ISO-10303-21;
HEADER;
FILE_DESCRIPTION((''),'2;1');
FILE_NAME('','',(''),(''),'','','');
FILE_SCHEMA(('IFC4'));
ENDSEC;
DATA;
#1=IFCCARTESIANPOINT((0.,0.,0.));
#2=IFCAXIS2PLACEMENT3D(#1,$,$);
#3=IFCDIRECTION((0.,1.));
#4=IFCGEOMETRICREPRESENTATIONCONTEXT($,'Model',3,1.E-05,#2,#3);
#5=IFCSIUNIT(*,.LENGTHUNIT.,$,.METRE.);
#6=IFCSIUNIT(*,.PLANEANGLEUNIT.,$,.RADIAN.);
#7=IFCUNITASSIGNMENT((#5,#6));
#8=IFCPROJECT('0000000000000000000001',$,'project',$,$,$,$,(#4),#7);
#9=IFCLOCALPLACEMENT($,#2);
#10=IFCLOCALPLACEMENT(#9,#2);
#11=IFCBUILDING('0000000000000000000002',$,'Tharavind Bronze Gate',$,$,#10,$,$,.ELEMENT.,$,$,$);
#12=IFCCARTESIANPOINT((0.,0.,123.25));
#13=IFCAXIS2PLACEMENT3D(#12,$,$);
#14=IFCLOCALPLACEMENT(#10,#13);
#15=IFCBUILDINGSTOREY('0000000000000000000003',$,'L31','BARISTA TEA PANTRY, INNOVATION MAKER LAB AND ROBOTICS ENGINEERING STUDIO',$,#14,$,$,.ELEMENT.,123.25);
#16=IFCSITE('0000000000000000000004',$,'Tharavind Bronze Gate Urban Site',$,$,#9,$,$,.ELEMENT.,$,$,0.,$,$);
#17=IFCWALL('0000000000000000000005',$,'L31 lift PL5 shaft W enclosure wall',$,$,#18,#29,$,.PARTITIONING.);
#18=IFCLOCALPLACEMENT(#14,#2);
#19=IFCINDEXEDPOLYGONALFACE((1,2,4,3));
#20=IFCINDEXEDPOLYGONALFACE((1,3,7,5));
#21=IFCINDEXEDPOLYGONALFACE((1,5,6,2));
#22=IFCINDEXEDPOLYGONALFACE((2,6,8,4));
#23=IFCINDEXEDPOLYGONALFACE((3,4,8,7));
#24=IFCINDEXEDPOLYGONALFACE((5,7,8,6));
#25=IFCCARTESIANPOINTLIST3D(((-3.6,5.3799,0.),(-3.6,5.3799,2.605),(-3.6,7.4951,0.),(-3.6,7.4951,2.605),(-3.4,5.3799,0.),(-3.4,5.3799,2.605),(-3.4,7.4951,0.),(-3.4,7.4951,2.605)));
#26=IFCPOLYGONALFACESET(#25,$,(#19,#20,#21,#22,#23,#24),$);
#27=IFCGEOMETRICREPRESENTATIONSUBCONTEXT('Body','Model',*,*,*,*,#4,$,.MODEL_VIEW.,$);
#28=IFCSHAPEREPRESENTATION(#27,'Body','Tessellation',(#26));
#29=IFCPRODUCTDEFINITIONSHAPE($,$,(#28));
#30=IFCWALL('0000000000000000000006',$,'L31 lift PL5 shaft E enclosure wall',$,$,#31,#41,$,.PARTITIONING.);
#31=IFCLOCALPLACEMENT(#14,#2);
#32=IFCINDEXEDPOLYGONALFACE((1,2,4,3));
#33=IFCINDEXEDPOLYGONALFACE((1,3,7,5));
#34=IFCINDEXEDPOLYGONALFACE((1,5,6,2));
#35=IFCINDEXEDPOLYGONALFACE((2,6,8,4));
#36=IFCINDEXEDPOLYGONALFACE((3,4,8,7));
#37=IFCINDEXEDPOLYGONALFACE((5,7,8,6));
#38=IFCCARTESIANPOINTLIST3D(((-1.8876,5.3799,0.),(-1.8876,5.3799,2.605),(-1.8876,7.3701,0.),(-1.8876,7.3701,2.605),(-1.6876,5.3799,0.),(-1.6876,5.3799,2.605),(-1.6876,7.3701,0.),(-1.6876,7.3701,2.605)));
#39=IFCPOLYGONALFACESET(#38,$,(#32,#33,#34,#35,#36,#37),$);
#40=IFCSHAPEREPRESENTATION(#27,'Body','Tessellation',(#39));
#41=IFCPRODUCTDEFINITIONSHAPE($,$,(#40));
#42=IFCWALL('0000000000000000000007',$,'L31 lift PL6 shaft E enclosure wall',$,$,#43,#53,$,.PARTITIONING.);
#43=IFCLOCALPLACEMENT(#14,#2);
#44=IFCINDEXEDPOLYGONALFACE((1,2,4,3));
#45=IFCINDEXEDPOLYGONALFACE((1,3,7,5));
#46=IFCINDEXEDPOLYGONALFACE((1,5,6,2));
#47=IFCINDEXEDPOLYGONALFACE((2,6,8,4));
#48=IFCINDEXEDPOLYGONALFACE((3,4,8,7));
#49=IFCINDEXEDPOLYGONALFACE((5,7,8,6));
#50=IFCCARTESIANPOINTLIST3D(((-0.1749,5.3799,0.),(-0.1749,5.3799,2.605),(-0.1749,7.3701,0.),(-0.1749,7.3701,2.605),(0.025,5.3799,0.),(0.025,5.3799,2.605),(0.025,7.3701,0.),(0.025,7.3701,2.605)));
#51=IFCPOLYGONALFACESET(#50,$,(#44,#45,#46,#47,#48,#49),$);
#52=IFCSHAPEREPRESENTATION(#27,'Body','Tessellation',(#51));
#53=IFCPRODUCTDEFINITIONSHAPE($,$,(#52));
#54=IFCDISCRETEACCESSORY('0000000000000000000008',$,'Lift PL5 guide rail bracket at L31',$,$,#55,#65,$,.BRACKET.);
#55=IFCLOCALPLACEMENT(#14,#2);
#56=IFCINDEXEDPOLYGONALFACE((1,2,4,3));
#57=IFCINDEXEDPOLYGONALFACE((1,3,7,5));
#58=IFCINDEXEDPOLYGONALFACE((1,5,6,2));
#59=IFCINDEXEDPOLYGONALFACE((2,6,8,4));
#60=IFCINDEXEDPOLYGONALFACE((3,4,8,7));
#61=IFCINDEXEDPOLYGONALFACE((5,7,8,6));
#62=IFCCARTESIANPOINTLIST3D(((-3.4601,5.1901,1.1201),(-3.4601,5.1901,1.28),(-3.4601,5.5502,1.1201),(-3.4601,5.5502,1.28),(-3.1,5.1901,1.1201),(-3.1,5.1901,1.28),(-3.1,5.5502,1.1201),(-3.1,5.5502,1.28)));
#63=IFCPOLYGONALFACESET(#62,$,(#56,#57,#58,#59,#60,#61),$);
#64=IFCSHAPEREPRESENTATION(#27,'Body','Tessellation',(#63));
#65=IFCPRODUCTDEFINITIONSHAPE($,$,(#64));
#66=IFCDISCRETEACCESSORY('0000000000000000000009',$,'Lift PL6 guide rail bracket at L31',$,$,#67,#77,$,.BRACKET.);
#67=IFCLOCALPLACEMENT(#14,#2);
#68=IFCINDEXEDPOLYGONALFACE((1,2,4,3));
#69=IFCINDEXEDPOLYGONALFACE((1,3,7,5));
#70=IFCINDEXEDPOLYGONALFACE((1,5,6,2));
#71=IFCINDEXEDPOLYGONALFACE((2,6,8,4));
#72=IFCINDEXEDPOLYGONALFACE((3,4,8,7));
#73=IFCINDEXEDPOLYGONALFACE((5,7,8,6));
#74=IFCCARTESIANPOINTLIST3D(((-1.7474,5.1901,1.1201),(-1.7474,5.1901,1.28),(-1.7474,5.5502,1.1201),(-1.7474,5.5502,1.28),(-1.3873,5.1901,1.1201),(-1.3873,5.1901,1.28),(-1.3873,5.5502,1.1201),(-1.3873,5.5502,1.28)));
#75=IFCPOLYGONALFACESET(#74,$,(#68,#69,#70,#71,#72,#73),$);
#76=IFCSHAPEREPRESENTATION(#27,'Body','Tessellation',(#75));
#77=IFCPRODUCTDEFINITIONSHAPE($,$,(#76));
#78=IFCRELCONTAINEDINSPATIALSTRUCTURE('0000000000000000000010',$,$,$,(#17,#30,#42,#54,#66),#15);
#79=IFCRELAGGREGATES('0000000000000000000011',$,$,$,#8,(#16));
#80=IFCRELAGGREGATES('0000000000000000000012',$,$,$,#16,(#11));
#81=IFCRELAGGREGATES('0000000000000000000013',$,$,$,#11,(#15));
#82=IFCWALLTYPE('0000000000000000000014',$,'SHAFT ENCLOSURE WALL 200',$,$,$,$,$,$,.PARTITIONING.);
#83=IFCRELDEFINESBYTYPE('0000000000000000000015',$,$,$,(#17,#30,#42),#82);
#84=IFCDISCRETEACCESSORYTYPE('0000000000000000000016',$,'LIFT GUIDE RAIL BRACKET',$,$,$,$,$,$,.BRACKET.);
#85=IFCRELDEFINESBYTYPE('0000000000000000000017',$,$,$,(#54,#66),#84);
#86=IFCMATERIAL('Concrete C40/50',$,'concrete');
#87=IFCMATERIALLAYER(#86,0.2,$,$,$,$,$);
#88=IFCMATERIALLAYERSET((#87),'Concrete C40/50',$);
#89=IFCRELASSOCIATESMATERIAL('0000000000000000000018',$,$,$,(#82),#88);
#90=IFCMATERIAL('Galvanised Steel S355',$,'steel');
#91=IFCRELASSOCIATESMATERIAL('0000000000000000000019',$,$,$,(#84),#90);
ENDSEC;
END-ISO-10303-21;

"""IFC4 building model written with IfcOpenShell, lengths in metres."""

from ifc_helpers import new_model, si_unit, direction, frame, frame_2d, origin, origin_2d, place, context, subcontext, project, spatial, rectangle, extrude, material, layer, layer_set, type_object, element, save


model = new_model("IFC4")

# Units and contexts
model_context = context("Model", 3, precision=1e-05, world=origin(), true_north=direction((0.0, 1.0)))
body_context = subcontext(model_context, "Body", "Model", "MODEL_VIEW")
ifc_project = project(units=[si_unit("LENGTHUNIT", "METRE"), si_unit("PLANEANGLEUNIT", "RADIAN")], contexts=[model_context])

# Site, building, storey
site_placement = place(None, origin())
site = spatial("IfcSite", under=ifc_project, at=site_placement, Name="Tharavind Bronze Gate Urban Site", CompositionType="ELEMENT", RefElevation=0.0)
building_placement = place(site_placement, origin())
building = spatial("IfcBuilding", under=site, at=building_placement, Name="Tharavind Bronze Gate", CompositionType="ELEMENT")
storey_placement = place(building_placement, frame((0.0, 0.0, 123.25)))
storey = spatial("IfcBuildingStorey", under=building, at=storey_placement, Name="L31", Description="BARISTA TEA PANTRY, INNOVATION MAKER LAB AND ROBOTICS ENGINEERING STUDIO", CompositionType="ELEMENT", Elevation=123.25)

# Shared definitions
ifc_material_1 = material(Name="Concrete C40/50", Category="concrete")

# Walls
ifc_layer_1 = layer(ifc_material_1, 0.2)
ifc_layer_set_1 = layer_set([ifc_layer_1], Name="Concrete C40/50")
wall_type_1 = type_object("IfcWallType", Name="SHAFT ENCLOSURE WALL 200", PredefinedType="PARTITIONING", material=ifc_layer_set_1)
wall_1_placement = place(storey_placement, frame((-3.5, 5.3799, 0.0), z_axis=(0.0, 0.0, 1.0), x_axis=(0.0, 1.0, 0.0)))
element("IfcWall", 1, at=wall_1_placement, inside=storey, type_object=wall_type_1, Name="L31 lift PL5 shaft W enclosure wall", PredefinedType="PARTITIONING", context=body_context, shape_type="SweptSolid", body=[
    extrude(rectangle(XDim=2.1152, YDim=0.2, at=frame_2d((1.0576, 0.0))), origin(), (0.0, 0.0, 1.0), 2.605),
])
for number, where, z_axis, x_axis, name in (
    (2, (-1.7876, 5.3799, 0.0), (0.0, 0.0, 1.0), (0.0, 1.0, 0.0), "L31 lift PL5 shaft E enclosure wall"),
    (3, (-0.075, 5.3799, 0.0), (0.0, 0.0, 1.0), (0.0, 1.0, 0.0), "L31 lift PL6 shaft E enclosure wall"),
):
    element("IfcWall", number, at=place(storey_placement, frame(where, z_axis=z_axis, x_axis=x_axis)), inside=storey, type_object=wall_type_1, Name=name, PredefinedType="PARTITIONING", context=body_context, shape_type="SweptSolid", body=[
        extrude(rectangle(XDim=1.9902, YDim=0.2, at=frame_2d((0.9951, 0.0))), origin(), (0.0, 0.0, 1.0), 2.605),
    ])

# Discrete accessories
ifc_material_2 = material(Name="Galvanised Steel S355", Category="steel")
discrete_accessory_type = type_object("IfcDiscreteAccessoryType", Name="LIFT GUIDE RAIL BRACKET", PredefinedType="BRACKET", material=ifc_material_2)
for number, where, z_axis, x_axis, name in (
    (4, (-3.28, 5.3701, 1.1201), (0.0, 0.0, 1.0), (1.0, 0.0, 0.0), "Lift PL5 guide rail bracket at L31"),
    (5, (-1.5674, 5.3701, 1.1201), (0.0, 0.0, 1.0), (1.0, 0.0, 0.0), "Lift PL6 guide rail bracket at L31"),
):
    element("IfcDiscreteAccessory", number, at=place(storey_placement, frame(where, z_axis=z_axis, x_axis=x_axis)), inside=storey, type_object=discrete_accessory_type, Name=name, PredefinedType="BRACKET", context=body_context, shape_type="SweptSolid", body=[
        extrude(rectangle(XDim=0.3601, YDim=0.3601, at=origin_2d()), origin(), (0.0, 0.0, 1.0), 0.1599),
    ])

save(model, "model.ifc")
